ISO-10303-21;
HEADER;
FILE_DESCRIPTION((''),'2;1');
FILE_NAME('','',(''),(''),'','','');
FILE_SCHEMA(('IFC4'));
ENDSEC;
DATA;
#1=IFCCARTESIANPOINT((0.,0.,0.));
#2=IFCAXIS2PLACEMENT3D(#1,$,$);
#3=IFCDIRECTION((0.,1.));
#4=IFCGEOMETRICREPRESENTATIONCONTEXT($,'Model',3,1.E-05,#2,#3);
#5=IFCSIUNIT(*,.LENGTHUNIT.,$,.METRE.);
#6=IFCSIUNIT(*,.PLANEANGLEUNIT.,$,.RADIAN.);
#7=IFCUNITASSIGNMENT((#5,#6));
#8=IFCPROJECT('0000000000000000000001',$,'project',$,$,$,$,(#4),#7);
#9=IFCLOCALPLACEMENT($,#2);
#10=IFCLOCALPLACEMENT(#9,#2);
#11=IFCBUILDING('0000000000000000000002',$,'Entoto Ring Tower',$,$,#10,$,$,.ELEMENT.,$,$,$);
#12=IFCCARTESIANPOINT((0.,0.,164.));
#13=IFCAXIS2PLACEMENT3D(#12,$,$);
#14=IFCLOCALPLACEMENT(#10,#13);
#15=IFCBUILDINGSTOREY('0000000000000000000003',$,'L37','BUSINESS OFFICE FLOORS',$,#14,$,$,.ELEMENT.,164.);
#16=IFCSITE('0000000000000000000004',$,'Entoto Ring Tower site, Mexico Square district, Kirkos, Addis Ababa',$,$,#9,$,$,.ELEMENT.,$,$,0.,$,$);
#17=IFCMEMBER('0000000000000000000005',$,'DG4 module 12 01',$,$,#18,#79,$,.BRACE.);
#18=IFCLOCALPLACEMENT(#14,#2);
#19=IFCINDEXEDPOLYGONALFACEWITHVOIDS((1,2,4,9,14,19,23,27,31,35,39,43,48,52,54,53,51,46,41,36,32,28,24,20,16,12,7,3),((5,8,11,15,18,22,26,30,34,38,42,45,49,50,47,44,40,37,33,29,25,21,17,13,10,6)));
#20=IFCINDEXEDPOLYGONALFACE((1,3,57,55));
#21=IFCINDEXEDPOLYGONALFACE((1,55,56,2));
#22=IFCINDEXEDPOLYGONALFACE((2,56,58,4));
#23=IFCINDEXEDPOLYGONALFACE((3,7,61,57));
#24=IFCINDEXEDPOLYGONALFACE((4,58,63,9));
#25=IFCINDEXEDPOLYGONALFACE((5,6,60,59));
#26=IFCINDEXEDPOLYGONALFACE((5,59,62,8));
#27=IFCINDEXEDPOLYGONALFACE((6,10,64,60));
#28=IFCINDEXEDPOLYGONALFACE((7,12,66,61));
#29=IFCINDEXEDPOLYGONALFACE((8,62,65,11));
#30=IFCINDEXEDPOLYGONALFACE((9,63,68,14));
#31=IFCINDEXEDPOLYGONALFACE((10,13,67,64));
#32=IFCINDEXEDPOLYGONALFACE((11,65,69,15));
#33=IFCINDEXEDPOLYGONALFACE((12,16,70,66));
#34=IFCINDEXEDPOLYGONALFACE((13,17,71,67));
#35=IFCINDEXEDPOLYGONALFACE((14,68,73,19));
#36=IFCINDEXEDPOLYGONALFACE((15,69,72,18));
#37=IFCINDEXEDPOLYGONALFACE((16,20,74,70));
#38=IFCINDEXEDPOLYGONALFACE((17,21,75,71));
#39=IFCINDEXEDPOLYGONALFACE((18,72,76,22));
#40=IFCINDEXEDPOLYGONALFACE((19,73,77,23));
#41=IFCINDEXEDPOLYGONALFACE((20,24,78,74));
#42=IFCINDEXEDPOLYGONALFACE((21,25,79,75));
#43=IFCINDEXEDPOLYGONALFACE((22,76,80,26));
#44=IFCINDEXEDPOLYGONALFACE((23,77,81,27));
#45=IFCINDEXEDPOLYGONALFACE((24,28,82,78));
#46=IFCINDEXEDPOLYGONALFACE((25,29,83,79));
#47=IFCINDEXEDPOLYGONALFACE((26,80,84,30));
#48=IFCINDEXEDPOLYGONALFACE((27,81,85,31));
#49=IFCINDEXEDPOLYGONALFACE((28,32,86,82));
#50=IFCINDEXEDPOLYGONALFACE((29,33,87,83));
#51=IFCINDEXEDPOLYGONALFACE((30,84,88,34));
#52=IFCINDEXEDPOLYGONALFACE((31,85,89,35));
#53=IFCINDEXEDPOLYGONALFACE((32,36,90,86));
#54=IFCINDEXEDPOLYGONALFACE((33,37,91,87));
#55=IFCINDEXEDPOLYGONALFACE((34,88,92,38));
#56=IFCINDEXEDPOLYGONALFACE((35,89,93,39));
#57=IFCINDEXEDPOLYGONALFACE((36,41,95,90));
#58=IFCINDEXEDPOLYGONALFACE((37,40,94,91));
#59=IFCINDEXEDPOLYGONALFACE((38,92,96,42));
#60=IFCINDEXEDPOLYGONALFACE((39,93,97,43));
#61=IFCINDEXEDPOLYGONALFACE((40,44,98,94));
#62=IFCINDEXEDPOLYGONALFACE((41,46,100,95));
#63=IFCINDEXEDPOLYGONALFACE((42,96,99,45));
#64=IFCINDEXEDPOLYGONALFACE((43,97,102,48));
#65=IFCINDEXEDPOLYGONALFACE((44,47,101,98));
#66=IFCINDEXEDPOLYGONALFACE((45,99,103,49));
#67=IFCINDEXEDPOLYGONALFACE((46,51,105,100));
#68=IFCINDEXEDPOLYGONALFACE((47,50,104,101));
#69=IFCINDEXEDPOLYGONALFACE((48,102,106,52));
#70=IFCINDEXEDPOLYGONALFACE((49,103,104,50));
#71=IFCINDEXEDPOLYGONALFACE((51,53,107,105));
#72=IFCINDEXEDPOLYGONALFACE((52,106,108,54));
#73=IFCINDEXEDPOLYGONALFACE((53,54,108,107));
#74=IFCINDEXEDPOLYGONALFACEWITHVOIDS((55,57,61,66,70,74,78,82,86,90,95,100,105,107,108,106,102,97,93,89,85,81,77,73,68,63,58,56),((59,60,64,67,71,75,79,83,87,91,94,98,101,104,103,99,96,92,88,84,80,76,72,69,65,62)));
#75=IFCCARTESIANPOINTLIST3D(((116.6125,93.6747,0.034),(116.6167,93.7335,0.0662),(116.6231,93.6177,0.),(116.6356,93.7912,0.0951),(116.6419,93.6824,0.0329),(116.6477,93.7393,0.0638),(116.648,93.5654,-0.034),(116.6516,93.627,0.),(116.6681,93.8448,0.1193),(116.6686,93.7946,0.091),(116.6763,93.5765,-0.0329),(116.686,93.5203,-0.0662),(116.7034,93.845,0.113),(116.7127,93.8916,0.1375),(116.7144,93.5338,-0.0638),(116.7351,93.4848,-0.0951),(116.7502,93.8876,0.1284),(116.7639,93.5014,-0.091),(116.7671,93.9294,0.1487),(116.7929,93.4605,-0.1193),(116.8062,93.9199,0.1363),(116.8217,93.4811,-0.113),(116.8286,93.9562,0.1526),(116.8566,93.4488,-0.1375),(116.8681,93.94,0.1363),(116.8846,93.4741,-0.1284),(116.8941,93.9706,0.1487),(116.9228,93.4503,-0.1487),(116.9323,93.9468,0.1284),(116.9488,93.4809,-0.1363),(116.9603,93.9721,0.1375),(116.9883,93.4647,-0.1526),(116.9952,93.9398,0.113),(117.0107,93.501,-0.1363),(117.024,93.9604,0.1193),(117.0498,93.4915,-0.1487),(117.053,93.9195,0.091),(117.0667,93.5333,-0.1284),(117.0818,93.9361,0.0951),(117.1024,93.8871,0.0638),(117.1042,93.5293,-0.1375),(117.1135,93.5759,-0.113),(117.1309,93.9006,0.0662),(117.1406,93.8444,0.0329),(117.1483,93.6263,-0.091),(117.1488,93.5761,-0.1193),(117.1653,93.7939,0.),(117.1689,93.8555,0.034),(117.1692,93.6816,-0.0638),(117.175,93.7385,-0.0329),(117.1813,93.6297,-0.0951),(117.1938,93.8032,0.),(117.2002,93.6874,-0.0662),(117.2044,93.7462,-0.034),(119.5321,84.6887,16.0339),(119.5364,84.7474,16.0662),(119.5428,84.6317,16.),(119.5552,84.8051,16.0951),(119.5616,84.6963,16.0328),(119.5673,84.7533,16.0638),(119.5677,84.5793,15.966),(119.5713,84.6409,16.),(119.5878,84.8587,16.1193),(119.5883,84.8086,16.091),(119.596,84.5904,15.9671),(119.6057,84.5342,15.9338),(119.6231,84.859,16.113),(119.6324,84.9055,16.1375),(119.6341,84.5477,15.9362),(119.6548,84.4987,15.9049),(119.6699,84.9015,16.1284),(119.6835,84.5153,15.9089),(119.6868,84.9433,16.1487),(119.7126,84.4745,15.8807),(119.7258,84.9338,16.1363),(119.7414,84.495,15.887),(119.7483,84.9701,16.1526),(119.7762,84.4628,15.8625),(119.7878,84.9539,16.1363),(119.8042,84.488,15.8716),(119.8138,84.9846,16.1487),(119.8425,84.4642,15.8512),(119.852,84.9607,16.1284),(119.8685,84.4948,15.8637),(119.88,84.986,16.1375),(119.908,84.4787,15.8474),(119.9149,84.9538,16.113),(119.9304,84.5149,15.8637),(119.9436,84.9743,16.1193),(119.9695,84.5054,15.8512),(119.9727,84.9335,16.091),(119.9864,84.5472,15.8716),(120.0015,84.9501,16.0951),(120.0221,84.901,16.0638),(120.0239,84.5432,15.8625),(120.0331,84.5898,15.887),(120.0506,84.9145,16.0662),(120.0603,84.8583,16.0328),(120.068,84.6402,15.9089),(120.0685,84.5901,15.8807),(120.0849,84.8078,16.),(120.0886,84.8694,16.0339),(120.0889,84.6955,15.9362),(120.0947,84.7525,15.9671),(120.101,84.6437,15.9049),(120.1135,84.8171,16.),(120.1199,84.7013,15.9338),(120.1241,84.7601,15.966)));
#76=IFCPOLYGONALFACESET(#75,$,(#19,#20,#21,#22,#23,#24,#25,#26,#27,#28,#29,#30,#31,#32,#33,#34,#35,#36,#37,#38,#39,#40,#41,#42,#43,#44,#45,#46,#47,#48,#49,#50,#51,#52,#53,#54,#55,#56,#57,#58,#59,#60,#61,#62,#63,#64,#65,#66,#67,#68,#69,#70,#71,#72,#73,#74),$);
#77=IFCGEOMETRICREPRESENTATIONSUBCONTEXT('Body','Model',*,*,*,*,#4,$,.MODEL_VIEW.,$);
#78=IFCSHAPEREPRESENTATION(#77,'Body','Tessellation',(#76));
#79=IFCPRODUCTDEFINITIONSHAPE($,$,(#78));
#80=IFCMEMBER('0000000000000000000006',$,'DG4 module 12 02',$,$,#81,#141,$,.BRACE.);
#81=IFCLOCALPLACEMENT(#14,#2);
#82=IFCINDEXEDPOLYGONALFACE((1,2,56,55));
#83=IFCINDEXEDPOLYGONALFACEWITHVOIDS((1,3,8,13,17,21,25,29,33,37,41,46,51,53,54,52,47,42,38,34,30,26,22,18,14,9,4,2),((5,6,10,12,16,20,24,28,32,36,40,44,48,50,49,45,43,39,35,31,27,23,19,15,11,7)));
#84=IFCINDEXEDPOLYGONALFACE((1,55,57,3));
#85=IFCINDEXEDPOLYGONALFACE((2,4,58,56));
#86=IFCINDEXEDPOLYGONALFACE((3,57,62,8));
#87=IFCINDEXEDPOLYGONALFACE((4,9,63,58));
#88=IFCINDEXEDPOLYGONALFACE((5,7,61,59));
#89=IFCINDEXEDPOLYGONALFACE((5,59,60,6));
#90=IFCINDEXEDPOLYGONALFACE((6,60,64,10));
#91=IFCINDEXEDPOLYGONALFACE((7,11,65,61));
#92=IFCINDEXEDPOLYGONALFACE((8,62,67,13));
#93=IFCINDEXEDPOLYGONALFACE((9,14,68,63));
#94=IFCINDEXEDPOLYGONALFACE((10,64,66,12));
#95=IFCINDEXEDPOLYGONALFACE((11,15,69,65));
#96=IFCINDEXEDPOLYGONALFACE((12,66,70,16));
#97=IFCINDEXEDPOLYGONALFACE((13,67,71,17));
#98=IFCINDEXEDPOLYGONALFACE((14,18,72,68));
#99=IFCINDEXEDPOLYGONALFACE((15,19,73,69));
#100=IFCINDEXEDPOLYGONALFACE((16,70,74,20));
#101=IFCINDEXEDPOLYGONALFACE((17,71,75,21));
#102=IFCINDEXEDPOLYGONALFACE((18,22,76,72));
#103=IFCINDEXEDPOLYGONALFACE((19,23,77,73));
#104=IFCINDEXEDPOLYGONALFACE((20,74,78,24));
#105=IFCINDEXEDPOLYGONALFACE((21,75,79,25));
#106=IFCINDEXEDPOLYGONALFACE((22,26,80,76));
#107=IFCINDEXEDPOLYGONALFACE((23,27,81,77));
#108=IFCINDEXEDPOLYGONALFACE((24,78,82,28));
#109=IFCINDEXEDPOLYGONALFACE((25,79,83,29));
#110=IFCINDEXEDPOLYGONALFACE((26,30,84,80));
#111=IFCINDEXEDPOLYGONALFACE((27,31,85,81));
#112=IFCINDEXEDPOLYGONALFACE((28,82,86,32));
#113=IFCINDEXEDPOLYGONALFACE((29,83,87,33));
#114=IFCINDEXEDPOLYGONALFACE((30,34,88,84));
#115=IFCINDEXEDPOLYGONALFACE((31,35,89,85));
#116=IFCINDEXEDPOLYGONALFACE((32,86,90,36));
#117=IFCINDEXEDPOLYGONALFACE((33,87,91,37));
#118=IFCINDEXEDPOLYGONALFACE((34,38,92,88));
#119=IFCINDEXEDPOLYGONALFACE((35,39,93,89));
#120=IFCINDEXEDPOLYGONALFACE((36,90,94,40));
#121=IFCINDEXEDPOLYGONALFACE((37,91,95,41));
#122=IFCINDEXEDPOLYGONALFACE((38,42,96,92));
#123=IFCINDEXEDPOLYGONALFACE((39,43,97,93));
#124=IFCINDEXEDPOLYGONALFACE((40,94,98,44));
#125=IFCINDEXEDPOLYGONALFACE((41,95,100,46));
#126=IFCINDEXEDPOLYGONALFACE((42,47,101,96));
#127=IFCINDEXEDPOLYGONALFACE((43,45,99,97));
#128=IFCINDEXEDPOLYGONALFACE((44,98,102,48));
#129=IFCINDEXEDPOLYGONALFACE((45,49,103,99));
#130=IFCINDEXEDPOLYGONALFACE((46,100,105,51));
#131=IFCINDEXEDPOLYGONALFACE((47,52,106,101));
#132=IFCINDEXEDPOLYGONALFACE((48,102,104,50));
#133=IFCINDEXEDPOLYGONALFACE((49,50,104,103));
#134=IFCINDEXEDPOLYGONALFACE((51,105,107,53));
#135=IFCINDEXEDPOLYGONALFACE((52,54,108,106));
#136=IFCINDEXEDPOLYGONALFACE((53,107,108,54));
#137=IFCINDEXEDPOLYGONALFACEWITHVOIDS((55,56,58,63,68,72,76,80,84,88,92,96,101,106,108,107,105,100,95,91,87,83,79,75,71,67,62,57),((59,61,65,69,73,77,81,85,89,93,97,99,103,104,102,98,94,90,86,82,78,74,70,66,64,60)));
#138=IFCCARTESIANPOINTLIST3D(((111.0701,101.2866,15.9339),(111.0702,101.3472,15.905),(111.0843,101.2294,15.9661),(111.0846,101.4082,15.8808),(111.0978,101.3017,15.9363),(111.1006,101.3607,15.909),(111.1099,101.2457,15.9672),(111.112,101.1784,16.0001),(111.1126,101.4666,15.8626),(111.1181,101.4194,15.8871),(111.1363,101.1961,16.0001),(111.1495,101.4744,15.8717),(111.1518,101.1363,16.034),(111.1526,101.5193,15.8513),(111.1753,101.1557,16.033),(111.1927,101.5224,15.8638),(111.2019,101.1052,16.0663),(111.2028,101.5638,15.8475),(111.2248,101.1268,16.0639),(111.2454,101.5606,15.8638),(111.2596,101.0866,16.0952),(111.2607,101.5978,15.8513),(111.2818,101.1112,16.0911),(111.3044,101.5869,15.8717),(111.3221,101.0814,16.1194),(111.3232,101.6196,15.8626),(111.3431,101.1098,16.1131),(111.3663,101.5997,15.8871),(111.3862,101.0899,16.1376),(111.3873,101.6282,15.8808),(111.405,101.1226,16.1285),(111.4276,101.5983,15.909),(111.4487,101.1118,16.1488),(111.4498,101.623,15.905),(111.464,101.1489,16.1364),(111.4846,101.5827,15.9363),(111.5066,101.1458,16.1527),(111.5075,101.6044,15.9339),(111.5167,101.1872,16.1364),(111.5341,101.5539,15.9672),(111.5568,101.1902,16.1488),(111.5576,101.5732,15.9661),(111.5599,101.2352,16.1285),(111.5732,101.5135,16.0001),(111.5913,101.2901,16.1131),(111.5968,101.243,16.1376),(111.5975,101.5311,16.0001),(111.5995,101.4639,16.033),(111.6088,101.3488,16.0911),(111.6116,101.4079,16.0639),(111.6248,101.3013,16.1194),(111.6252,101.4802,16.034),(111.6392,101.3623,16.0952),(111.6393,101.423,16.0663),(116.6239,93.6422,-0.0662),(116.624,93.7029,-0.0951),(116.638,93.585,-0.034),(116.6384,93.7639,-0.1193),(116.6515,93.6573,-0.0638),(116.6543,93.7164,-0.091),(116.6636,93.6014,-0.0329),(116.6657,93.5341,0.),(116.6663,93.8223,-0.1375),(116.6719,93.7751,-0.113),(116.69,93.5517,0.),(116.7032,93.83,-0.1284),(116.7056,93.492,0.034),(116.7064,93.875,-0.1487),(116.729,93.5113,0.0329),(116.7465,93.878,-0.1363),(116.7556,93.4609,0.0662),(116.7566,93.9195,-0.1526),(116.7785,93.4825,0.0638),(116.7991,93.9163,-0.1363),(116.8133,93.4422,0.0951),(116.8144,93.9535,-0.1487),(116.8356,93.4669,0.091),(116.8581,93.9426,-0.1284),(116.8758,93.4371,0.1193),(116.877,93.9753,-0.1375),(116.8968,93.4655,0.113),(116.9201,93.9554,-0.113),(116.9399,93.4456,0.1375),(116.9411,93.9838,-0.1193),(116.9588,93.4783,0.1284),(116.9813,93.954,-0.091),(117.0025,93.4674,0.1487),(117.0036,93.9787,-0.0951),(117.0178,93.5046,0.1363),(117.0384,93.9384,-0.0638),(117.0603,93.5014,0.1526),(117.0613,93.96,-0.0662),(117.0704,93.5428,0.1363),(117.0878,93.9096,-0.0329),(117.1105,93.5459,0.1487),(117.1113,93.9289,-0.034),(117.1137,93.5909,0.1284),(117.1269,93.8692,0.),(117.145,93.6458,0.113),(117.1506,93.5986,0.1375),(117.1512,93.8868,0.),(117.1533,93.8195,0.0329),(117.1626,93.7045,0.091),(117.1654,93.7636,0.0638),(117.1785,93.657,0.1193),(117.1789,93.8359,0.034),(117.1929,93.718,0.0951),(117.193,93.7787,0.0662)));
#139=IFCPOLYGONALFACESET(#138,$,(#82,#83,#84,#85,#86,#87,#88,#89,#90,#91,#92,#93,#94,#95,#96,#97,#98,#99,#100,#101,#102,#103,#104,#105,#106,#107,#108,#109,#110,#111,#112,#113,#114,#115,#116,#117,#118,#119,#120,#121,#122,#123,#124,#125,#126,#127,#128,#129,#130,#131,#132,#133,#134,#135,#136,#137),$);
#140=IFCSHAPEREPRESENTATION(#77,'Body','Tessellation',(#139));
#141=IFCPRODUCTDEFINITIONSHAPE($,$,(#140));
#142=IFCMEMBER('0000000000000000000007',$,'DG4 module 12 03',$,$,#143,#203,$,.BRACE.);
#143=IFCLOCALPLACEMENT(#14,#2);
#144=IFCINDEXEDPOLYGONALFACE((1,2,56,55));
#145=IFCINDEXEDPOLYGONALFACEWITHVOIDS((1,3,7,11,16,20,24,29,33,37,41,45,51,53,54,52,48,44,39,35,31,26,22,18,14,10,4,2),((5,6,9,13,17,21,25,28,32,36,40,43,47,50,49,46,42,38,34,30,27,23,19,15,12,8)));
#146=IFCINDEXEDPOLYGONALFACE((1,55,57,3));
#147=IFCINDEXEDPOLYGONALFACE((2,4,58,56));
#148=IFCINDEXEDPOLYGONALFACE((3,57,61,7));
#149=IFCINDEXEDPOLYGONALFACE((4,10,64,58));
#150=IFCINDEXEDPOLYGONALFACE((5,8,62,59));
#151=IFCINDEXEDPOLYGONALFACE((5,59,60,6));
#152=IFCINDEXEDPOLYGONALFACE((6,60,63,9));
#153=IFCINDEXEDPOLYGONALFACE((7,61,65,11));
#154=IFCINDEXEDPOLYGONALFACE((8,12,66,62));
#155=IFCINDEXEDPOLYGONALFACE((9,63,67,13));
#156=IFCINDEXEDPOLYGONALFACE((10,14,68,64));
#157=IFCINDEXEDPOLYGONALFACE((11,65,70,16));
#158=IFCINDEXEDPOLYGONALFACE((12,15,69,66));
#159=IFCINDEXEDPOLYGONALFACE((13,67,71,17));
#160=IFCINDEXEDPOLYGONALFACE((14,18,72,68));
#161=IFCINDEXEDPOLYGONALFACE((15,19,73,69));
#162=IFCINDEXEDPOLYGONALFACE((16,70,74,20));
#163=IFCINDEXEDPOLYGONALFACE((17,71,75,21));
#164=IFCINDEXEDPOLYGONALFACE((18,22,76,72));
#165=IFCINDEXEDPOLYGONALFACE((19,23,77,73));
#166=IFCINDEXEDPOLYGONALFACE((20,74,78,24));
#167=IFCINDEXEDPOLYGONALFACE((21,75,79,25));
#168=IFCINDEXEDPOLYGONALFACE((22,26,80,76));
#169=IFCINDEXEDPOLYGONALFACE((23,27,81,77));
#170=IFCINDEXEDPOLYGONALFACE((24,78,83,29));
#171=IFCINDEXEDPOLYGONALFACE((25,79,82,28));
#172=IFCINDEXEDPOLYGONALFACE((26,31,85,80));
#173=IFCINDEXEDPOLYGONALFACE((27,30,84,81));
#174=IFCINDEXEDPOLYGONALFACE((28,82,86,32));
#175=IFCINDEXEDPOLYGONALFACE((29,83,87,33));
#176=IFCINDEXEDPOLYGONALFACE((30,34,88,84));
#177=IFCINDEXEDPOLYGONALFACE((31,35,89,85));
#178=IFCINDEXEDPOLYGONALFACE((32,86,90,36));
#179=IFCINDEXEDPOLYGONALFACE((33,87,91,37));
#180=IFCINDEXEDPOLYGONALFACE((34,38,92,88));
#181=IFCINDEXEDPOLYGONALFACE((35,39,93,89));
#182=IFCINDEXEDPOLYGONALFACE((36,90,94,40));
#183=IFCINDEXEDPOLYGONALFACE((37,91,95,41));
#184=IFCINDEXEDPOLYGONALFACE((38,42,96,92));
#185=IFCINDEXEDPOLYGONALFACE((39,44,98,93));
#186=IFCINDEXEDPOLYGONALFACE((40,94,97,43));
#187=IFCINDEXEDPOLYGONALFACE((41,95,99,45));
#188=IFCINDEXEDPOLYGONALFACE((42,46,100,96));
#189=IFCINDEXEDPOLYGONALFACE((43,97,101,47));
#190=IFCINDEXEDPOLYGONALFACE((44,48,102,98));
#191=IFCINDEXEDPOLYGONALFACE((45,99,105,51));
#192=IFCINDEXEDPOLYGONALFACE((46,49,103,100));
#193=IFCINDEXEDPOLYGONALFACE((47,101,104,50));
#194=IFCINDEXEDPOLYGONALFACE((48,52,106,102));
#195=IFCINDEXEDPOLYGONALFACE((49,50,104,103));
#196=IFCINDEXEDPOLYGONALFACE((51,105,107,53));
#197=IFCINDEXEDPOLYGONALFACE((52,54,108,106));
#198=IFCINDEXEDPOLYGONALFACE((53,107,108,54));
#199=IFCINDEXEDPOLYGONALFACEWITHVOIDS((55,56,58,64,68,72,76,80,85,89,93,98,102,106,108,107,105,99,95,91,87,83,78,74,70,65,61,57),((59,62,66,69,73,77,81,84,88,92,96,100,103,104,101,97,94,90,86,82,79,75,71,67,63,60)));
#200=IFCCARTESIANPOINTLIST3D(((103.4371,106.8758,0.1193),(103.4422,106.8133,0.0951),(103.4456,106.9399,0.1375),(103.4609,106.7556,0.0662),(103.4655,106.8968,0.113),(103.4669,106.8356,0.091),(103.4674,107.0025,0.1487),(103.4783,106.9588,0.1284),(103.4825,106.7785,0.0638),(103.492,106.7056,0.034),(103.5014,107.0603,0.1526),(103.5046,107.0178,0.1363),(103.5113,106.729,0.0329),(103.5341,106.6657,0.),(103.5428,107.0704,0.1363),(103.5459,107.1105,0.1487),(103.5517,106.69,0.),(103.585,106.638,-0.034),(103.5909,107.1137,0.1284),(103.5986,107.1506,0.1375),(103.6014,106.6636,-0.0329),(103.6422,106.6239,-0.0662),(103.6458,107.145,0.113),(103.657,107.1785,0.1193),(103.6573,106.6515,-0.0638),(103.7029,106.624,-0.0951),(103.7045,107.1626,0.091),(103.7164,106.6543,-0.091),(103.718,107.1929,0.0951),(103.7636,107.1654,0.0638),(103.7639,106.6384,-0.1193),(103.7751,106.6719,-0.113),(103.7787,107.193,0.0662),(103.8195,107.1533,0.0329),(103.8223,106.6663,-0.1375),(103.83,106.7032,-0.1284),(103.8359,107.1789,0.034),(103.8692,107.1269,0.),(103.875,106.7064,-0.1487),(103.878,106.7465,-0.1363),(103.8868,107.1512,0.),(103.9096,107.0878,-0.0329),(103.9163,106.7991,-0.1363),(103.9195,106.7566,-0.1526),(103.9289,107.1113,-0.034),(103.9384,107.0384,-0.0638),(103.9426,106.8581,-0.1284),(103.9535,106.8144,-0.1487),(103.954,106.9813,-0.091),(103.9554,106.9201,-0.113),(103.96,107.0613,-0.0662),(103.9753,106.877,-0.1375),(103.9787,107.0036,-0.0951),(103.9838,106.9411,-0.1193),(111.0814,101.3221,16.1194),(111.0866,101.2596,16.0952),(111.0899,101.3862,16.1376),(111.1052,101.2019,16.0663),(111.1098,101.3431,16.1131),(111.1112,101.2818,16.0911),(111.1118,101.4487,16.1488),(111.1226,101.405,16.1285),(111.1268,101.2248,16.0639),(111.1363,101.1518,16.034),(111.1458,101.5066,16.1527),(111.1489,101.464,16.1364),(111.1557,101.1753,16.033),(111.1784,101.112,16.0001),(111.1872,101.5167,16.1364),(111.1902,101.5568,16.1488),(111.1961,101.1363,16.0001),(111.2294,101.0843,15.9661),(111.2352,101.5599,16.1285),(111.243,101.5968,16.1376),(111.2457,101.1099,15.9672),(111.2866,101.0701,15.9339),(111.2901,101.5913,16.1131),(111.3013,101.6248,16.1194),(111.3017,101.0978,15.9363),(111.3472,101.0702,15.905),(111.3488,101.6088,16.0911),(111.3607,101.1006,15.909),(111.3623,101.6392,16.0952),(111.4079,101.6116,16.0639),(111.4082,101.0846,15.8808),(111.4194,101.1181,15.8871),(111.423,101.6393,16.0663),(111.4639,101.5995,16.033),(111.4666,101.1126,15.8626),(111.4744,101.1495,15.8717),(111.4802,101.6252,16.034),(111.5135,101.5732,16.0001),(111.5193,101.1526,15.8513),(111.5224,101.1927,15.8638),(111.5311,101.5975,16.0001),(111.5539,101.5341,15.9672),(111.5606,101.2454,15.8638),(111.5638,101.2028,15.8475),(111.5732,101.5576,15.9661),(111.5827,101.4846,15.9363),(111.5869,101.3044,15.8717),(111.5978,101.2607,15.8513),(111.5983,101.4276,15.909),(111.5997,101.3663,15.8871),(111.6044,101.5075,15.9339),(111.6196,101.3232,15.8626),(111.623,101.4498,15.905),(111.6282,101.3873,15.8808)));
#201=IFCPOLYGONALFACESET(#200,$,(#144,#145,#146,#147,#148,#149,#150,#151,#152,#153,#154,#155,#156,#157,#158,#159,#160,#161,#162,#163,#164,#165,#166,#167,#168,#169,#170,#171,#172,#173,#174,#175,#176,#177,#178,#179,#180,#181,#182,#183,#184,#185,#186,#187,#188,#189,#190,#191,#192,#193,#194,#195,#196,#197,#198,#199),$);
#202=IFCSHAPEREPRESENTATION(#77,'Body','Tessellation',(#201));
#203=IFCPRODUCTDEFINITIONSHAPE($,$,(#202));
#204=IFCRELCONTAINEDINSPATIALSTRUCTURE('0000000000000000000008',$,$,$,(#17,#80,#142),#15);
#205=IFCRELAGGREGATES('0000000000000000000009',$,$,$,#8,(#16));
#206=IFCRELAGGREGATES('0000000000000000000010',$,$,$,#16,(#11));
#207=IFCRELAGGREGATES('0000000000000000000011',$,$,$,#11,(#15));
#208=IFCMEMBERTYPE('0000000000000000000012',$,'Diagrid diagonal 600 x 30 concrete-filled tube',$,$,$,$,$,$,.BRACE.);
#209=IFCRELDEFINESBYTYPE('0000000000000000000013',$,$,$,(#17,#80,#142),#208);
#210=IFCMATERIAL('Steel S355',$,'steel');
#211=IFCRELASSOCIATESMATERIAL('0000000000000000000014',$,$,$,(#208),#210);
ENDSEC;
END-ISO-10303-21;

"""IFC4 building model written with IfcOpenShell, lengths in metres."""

from ifc_helpers import new_model, si_unit, direction, frame, origin, origin_2d, place, context, subcontext, project, spatial, circle, hollow_circle, extrude, material, material_profile, profile_set, type_object, element, save


model = new_model("IFC4")

# Units and contexts
model_context = context("Model", 3, precision=1e-05, world=origin(), true_north=direction((0.0, 1.0)))
body_context = subcontext(model_context, "Body", "Model", "MODEL_VIEW")
ifc_project = project(units=[si_unit("LENGTHUNIT", "METRE"), si_unit("PLANEANGLEUNIT", "RADIAN")], contexts=[model_context])

# Site, building, storey
site_placement = place(None, origin())
site = spatial("IfcSite", under=ifc_project, at=site_placement, Name="Entoto Ring Tower site, Mexico Square district, Kirkos, Addis Ababa", CompositionType="ELEMENT", RefElevation=0.0)
building_placement = place(site_placement, origin())
building = spatial("IfcBuilding", under=site, at=building_placement, Name="Entoto Ring Tower", CompositionType="ELEMENT")
storey_placement = place(building_placement, frame((0.0, 0.0, 164.0)))
storey = spatial("IfcBuildingStorey", under=building, at=storey_placement, Name="L37", Description="BUSINESS OFFICE FLOORS", CompositionType="ELEMENT", Elevation=164.0)

# Members
ifc_material_1 = material(Name="Steel S355", Category="steel")
ifc_material_profile_1 = material_profile(ifc_material_1, hollow_circle(Radius=0.3, WallThickness=0.03, at=origin_2d()), Name="CHS 600 x 30")
ifc_material_2 = material(Name="Concrete C60/75", Category="concrete")
ifc_material_profile_2 = material_profile(ifc_material_2, circle(Radius=0.27, at=origin_2d()), Name="Concrete C60/75 infill")
ifc_profile_set_1 = profile_set([ifc_material_profile_1, ifc_material_profile_2], Name="Steel S355")
member_type_1 = type_object("IfcMemberType", Name="Diagrid diagonal 600 x 30 concrete-filled tube", PredefinedType="BRACE", material=ifc_profile_set_1)
member_1_placement = place(storey_placement, frame((116.9084, 93.7104, 0.0), z_axis=(0.157128, -0.483602, 0.861069), x_axis=(0.951059, 0.30901, 0.0)))
element("IfcMember", 1, at=member_1_placement, inside=storey, type_object=member_type_1, Name="DG4 module 12 01", PredefinedType="BRACE", context=body_context, shape_type="SweptSolid", body=[
    extrude(hollow_circle(Radius=0.3, WallThickness=0.03, at=origin_2d()), origin(), (0.0, 0.0, 1.0), 18.5815),
])
for number, where, z_axis, x_axis, name in (
    (2, (116.9084, 93.7104, 0.0), (-0.298881, 0.411388, 0.861063), (-0.809026, -0.587772, 0.0), "DG4 module 12 02"),
    (3, (103.7104, 106.9084, 0.0), (0.411388, -0.298881, 0.861063), (0.587772, 0.809026, 0.0), "DG4 module 12 03"),
):
    element("IfcMember", number, at=place(storey_placement, frame(where, z_axis=z_axis, x_axis=x_axis)), inside=storey, type_object=member_type_1, Name=name, PredefinedType="BRACE", context=body_context, shape_type="SweptSolid", body=[
        extrude(hollow_circle(Radius=0.3, WallThickness=0.03, at=origin_2d()), origin(), (0.0, 0.0, 1.0), 18.5818),
    ])

save(model, "model.ifc")
